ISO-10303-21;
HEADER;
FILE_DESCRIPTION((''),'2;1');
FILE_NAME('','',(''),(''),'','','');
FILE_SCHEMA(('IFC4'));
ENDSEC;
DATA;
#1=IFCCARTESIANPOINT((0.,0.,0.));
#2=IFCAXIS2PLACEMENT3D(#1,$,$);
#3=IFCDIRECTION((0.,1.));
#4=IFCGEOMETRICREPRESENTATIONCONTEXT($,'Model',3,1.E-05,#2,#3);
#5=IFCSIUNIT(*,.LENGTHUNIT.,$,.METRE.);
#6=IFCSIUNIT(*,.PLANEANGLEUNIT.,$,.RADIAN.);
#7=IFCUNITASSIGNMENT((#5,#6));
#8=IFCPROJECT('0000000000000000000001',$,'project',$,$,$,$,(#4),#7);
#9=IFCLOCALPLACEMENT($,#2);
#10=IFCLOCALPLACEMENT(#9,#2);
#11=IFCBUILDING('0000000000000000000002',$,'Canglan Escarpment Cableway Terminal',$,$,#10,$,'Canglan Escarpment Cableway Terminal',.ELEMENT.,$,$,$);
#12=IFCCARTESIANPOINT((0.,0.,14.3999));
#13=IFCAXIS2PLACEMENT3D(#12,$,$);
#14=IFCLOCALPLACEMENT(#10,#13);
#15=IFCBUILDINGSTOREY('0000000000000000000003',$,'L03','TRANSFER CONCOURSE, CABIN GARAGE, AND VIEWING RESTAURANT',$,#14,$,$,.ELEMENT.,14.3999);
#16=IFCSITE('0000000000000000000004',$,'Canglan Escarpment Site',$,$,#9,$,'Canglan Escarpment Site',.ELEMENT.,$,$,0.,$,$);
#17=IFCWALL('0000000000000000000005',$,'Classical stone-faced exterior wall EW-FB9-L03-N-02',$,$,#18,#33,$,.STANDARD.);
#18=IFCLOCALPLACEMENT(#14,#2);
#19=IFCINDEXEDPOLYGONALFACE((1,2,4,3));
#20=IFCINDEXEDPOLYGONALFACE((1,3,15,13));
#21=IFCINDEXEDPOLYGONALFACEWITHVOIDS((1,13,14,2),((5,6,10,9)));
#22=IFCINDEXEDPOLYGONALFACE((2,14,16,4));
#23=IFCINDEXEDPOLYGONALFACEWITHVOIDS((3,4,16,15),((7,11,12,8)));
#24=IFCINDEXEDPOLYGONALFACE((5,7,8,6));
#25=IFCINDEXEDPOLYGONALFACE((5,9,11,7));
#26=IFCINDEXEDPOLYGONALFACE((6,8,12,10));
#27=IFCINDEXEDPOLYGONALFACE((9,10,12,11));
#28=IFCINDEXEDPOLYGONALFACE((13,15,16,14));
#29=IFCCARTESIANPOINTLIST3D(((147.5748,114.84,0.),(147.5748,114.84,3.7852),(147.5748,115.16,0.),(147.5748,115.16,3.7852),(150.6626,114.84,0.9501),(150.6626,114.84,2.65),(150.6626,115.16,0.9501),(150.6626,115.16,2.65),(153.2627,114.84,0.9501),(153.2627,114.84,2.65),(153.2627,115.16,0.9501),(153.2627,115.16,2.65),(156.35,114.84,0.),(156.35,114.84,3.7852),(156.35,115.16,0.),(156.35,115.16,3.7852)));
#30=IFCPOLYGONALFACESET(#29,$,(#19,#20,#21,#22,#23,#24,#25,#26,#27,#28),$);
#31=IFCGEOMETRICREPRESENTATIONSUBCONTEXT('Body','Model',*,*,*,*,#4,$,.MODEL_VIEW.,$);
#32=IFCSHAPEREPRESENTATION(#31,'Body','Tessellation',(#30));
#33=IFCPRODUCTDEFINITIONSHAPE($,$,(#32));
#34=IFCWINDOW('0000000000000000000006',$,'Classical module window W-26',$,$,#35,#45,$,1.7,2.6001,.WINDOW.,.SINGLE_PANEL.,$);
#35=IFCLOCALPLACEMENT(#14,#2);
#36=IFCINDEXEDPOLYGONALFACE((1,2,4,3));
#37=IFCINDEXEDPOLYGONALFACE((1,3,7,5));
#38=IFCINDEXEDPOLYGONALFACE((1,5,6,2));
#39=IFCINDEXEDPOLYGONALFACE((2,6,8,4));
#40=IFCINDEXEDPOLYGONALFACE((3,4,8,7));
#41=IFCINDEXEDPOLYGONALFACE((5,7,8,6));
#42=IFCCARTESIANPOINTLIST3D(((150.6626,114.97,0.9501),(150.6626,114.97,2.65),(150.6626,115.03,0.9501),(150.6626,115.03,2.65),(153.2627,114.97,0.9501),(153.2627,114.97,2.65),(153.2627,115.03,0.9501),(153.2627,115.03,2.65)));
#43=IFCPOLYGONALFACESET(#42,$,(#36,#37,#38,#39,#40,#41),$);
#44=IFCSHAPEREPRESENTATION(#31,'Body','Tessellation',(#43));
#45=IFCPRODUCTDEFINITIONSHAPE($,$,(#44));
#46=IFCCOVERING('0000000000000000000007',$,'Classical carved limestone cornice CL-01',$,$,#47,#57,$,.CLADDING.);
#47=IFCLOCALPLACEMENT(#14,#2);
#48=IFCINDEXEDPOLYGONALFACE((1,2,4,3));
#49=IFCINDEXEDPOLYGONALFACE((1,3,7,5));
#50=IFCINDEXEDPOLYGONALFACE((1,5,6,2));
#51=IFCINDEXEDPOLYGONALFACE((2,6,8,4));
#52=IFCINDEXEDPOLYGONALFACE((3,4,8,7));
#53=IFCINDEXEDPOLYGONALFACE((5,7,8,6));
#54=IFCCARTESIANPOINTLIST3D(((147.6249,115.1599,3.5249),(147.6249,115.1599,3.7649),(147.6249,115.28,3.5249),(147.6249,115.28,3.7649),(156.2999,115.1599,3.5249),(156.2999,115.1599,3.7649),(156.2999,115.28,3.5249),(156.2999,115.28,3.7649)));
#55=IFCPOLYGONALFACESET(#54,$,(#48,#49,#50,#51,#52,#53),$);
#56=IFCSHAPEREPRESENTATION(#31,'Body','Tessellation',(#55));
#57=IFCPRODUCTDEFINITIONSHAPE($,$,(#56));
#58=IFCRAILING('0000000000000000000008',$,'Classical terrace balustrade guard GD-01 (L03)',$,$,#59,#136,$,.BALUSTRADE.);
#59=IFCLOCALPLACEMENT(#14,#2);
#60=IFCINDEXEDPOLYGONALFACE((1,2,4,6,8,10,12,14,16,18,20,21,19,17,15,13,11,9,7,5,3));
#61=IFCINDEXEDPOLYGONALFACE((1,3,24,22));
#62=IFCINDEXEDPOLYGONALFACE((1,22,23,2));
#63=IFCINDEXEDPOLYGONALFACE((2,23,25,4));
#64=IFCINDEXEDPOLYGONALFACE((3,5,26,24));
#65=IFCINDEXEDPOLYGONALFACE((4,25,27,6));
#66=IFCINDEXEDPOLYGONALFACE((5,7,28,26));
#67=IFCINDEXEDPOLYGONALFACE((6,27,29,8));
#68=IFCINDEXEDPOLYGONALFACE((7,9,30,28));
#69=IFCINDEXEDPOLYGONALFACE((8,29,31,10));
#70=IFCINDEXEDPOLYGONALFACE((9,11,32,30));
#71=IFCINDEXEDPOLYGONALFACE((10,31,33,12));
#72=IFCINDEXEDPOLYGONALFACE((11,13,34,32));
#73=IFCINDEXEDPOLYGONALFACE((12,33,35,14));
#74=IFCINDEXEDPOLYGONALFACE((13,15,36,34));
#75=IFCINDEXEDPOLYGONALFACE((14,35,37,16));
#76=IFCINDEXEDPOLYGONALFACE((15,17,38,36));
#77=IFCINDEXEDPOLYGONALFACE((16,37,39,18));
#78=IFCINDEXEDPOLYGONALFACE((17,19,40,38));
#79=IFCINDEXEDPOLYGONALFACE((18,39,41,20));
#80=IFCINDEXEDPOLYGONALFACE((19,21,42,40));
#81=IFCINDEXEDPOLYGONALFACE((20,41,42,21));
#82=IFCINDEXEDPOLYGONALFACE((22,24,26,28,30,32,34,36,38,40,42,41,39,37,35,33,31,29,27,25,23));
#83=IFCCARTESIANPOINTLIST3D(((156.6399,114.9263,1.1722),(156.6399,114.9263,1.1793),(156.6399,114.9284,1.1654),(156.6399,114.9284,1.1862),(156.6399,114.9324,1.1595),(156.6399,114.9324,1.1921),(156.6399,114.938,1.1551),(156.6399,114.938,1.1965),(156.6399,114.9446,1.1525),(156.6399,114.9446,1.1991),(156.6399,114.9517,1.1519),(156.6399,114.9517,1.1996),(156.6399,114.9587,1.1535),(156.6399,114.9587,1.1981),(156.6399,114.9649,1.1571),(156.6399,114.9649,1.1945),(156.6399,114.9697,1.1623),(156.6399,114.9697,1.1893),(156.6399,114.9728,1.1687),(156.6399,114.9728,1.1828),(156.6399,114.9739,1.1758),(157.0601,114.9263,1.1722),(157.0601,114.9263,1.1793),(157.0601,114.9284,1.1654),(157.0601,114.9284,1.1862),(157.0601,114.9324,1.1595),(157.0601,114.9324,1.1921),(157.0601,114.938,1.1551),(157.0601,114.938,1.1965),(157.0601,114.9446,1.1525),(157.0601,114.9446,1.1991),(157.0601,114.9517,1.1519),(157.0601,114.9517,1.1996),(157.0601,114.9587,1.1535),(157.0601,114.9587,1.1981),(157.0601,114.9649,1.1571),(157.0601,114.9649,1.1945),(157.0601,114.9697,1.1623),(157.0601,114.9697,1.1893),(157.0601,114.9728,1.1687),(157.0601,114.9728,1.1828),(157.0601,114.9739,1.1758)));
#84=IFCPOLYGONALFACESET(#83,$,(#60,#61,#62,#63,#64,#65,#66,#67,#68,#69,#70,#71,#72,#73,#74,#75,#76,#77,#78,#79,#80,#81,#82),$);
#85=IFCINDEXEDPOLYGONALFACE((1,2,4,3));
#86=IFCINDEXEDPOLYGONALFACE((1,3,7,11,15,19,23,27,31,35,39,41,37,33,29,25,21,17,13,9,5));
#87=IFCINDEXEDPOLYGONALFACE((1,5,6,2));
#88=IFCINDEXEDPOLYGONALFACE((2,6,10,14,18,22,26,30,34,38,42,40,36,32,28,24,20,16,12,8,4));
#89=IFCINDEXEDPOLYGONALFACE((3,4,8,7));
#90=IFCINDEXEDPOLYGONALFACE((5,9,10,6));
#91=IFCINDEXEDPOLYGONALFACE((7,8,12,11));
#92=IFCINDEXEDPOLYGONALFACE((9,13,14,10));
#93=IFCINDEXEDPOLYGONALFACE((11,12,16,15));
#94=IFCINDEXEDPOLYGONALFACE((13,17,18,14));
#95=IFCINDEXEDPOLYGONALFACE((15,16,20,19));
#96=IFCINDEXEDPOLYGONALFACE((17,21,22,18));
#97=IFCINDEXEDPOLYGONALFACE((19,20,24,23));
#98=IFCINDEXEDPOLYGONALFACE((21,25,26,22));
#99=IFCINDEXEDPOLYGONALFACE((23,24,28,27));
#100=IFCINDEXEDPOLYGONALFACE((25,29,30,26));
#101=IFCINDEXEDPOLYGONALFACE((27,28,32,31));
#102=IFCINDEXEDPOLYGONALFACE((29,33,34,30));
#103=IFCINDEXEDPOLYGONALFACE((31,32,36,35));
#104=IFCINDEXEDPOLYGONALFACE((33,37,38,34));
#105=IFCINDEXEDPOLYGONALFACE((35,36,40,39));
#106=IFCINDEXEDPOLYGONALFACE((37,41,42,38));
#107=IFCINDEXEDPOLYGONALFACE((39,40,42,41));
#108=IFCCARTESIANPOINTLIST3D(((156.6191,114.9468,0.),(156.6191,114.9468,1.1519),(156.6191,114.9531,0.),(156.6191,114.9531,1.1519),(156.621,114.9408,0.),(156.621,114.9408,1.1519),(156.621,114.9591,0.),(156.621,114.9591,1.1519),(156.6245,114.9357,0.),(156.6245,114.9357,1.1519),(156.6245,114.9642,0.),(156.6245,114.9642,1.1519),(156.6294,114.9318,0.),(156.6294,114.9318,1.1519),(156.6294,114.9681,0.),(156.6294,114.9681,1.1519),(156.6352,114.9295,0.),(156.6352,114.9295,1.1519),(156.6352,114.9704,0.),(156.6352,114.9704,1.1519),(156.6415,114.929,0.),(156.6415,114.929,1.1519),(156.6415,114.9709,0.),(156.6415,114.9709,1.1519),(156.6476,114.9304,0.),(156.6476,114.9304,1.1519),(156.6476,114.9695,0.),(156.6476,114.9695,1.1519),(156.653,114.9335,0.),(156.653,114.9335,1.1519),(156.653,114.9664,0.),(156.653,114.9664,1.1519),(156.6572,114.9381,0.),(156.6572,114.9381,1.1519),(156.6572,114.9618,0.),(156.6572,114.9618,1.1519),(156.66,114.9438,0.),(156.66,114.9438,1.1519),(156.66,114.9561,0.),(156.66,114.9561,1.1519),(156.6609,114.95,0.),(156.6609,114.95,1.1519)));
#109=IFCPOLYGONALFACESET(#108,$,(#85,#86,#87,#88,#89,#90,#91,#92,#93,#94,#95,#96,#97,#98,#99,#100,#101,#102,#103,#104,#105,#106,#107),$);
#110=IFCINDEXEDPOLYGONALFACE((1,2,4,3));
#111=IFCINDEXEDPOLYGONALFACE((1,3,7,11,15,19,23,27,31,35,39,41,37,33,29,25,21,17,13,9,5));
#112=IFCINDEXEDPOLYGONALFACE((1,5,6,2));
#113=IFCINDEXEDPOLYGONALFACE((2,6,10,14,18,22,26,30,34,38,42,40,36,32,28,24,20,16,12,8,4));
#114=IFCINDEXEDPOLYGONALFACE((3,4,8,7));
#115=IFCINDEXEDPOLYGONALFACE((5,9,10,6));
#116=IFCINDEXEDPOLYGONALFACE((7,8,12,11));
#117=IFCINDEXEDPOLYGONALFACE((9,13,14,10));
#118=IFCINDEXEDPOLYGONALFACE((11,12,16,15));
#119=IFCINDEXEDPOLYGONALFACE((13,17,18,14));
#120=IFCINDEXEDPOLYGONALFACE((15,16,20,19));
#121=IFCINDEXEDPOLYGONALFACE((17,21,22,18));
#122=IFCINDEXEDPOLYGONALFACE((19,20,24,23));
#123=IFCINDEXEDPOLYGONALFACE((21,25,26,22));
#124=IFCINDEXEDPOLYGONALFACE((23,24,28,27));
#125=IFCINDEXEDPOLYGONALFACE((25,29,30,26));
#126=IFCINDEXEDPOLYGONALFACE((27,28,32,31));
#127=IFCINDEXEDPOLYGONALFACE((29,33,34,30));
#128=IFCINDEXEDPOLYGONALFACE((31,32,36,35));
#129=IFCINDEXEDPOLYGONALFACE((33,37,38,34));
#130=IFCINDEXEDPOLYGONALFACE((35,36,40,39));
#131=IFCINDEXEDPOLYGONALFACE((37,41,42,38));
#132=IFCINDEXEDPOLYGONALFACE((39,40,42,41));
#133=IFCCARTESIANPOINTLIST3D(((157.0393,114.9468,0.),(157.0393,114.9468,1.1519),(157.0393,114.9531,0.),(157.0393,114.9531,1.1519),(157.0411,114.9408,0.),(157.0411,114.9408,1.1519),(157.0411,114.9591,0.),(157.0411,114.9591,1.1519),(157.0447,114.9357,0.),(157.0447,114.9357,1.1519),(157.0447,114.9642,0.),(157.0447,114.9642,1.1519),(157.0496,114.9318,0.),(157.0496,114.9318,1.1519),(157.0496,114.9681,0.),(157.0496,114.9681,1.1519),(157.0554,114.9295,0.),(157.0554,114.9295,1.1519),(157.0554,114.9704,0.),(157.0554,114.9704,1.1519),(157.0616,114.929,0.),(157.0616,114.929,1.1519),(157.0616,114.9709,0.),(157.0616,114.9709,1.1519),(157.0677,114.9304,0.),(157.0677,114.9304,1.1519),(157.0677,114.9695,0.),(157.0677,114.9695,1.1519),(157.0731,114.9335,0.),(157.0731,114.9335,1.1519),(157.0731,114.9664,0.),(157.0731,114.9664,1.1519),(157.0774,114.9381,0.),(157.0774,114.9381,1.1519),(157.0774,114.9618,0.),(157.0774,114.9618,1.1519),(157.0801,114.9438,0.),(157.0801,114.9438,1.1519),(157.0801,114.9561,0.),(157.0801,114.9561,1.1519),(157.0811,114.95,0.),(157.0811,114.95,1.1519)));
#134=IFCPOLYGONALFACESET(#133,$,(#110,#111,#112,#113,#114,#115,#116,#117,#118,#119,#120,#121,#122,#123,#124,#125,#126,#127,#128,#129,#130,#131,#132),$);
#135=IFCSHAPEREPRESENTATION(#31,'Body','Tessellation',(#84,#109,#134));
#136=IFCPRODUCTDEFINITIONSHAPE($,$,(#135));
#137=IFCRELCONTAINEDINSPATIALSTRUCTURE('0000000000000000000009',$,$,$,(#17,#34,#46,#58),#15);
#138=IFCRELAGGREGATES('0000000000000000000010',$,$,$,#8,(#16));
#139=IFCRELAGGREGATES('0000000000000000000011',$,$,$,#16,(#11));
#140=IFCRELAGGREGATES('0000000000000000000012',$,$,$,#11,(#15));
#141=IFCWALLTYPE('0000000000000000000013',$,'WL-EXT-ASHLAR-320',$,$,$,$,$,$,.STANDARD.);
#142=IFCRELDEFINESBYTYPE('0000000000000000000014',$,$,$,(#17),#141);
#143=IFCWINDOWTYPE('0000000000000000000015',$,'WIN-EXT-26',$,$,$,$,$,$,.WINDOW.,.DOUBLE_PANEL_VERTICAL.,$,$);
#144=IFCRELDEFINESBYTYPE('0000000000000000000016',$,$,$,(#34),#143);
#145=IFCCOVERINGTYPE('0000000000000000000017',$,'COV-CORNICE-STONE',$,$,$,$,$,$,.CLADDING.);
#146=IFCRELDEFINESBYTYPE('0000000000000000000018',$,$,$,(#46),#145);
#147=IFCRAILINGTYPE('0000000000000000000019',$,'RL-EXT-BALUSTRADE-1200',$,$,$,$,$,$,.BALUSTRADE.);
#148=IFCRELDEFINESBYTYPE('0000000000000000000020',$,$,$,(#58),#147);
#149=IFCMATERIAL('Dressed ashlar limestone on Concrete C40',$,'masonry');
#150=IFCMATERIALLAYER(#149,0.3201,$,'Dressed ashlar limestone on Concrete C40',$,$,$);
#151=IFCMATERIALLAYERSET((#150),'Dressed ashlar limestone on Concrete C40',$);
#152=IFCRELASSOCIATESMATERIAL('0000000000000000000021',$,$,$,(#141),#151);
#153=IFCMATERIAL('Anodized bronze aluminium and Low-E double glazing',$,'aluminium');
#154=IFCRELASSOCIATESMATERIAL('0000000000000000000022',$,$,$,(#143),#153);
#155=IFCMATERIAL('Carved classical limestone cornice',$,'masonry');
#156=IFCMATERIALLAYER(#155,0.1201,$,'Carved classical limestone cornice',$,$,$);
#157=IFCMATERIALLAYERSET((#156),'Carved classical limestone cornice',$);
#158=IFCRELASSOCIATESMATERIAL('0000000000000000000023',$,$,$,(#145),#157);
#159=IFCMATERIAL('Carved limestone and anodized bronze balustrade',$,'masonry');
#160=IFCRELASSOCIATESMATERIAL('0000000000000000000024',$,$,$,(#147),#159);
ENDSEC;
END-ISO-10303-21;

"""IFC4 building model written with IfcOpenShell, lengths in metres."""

from ifc_helpers import new_model, si_unit, direction, frame, frame_2d, origin, origin_2d, place, context, subcontext, project, spatial, rectangle, circle, extrude, material, layer, layer_set, type_object, element, fill, save


model = new_model("IFC4")

# Units and contexts
model_context = context("Model", 3, precision=1e-05, world=origin(), true_north=direction((0.0, 1.0)))
body_context = subcontext(model_context, "Body", "Model", "MODEL_VIEW")
ifc_project = project(units=[si_unit("LENGTHUNIT", "METRE"), si_unit("PLANEANGLEUNIT", "RADIAN")], contexts=[model_context])

# Site, building, storey
site_placement = place(None, origin())
site = spatial("IfcSite", under=ifc_project, at=site_placement, Name="Canglan Escarpment Site", LongName="Canglan Escarpment Site", CompositionType="ELEMENT", RefElevation=0.0)
building_placement = place(site_placement, origin())
building = spatial("IfcBuilding", under=site, at=building_placement, Name="Canglan Escarpment Cableway Terminal", LongName="Canglan Escarpment Cableway Terminal", CompositionType="ELEMENT")
storey_placement = place(building_placement, frame((0.0, 0.0, 14.3999)))
storey = spatial("IfcBuildingStorey", under=building, at=storey_placement, Name="L03", Description="TRANSFER CONCOURSE, CABIN GARAGE, AND VIEWING RESTAURANT", CompositionType="ELEMENT", Elevation=14.3999)

# Wall, opening, window
ifc_material_1 = material(Name="Dressed ashlar limestone on Concrete C40", Category="masonry")
ifc_layer_1 = layer(ifc_material_1, 0.3201, Name="Dressed ashlar limestone on Concrete C40")
ifc_layer_set_1 = layer_set([ifc_layer_1], Name="Dressed ashlar limestone on Concrete C40")
wall_type_1 = type_object("IfcWallType", Name="WL-EXT-ASHLAR-320", PredefinedType="STANDARD", material=ifc_layer_set_1)
wall_placement = place(storey_placement, frame((156.3501, 115.0, 0.0), z_axis=(0.0, 0.0, 1.0), x_axis=(-1.0, 0.0, 0.0)))
wall = element("IfcWall", 1, at=wall_placement, inside=storey, type_object=wall_type_1, Name="Classical stone-faced exterior wall EW-FB9-L03-N-02", PredefinedType="STANDARD", context=body_context, shape_type="SweptSolid", body=[
    extrude(rectangle(XDim=8.7751, YDim=0.3201, at=frame_2d((4.3877, 0.0))), origin(), (0.0, 0.0, 1.0), 3.7852),
])
opening_placement = place(wall_placement, frame((3.0874, 0.0, 0.95)))
opening = element("IfcOpeningElement", 2, at=opening_placement, cuts=wall, PredefinedType="OPENING", context=body_context, shape_type="SweptSolid", body=[
    extrude(rectangle(XDim=2.6001, YDim=1.7, at=frame_2d((1.3, 0.8501))), frame((0.0, 0.1699, 0.0), z_axis=(0.0, -1.0, 0.0), x_axis=(1.0, 0.0, 0.0)), (0.0, 0.0, 1.0), 0.3401),
])
ifc_material_2 = material(Name="Anodized bronze aluminium and Low-E double glazing", Category="aluminium")
window_type = type_object("IfcWindowType", Name="WIN-EXT-26", PartitioningType="DOUBLE_PANEL_VERTICAL", PredefinedType="WINDOW", material=ifc_material_2)
window_placement = place(opening_placement, origin())
window = element("IfcWindow", 3, at=window_placement, inside=storey, type_object=window_type, Name="Classical module window W-26", OverallHeight=1.7, OverallWidth=2.6001, PartitioningType="SINGLE_PANEL", PredefinedType="WINDOW", context=body_context, shape_type="SweptSolid", body=[
    extrude(rectangle(XDim=2.6001, YDim=1.7, at=frame_2d((1.3, 0.8501))), frame((0.0, 0.03, 0.0), z_axis=(0.0, -1.0, 0.0), x_axis=(1.0, 0.0, 0.0)), (0.0, 0.0, 1.0), 0.0601),
])
fill(opening, window)

# Covering
ifc_material_3 = material(Name="Carved classical limestone cornice", Category="masonry")
ifc_layer_2 = layer(ifc_material_3, 0.1201, Name="Carved classical limestone cornice")
ifc_layer_set_2 = layer_set([ifc_layer_2], Name="Carved classical limestone cornice")
covering_type = type_object("IfcCoveringType", Name="COV-CORNICE-STONE", PredefinedType="CLADDING", material=ifc_layer_set_2)
covering_placement = place(storey_placement, frame((151.9624, 115.22, 3.5249), z_axis=(0.0, 0.0, 1.0), x_axis=(-1.0, 0.0, 0.0)))
element("IfcCovering", 4, at=covering_placement, inside=storey, type_object=covering_type, Name="Classical carved limestone cornice CL-01", PredefinedType="CLADDING", context=body_context, shape_type="SweptSolid", body=[
    extrude(rectangle(XDim=8.675, YDim=0.1201, at=origin_2d()), origin(), (0.0, 0.0, 1.0), 0.24),
])

# Railing
ifc_material_4 = material(Name="Carved limestone and anodized bronze balustrade", Category="masonry")
railing_type = type_object("IfcRailingType", Name="RL-EXT-BALUSTRADE-1200", PredefinedType="BALUSTRADE", material=ifc_material_4)
railing_placement = place(storey_placement, frame((156.6399, 114.95, 0.0)))
element("IfcRailing", 5, at=railing_placement, inside=storey, type_object=railing_type, Name="Classical terrace balustrade guard GD-01 (L03)", PredefinedType="BALUSTRADE", context=body_context, shape_type="SweptSolid", body=[
    extrude(circle(Radius=0.0239, at=origin_2d()), frame((0.0, 0.0, 1.1758), z_axis=(1.0, 0.0, 0.0), x_axis=(0.0, 1.0, 0.0)), (0.0, 0.0, 1.0), 0.4202),
    extrude(circle(Radius=0.021, at=origin_2d()), origin(), (0.0, 0.0, 1.0), 1.1519),
    extrude(circle(Radius=0.021, at=origin_2d()), frame((0.4202, 0.0, 0.0)), (0.0, 0.0, 1.0), 1.1519),
])

save(model, "model.ifc")
